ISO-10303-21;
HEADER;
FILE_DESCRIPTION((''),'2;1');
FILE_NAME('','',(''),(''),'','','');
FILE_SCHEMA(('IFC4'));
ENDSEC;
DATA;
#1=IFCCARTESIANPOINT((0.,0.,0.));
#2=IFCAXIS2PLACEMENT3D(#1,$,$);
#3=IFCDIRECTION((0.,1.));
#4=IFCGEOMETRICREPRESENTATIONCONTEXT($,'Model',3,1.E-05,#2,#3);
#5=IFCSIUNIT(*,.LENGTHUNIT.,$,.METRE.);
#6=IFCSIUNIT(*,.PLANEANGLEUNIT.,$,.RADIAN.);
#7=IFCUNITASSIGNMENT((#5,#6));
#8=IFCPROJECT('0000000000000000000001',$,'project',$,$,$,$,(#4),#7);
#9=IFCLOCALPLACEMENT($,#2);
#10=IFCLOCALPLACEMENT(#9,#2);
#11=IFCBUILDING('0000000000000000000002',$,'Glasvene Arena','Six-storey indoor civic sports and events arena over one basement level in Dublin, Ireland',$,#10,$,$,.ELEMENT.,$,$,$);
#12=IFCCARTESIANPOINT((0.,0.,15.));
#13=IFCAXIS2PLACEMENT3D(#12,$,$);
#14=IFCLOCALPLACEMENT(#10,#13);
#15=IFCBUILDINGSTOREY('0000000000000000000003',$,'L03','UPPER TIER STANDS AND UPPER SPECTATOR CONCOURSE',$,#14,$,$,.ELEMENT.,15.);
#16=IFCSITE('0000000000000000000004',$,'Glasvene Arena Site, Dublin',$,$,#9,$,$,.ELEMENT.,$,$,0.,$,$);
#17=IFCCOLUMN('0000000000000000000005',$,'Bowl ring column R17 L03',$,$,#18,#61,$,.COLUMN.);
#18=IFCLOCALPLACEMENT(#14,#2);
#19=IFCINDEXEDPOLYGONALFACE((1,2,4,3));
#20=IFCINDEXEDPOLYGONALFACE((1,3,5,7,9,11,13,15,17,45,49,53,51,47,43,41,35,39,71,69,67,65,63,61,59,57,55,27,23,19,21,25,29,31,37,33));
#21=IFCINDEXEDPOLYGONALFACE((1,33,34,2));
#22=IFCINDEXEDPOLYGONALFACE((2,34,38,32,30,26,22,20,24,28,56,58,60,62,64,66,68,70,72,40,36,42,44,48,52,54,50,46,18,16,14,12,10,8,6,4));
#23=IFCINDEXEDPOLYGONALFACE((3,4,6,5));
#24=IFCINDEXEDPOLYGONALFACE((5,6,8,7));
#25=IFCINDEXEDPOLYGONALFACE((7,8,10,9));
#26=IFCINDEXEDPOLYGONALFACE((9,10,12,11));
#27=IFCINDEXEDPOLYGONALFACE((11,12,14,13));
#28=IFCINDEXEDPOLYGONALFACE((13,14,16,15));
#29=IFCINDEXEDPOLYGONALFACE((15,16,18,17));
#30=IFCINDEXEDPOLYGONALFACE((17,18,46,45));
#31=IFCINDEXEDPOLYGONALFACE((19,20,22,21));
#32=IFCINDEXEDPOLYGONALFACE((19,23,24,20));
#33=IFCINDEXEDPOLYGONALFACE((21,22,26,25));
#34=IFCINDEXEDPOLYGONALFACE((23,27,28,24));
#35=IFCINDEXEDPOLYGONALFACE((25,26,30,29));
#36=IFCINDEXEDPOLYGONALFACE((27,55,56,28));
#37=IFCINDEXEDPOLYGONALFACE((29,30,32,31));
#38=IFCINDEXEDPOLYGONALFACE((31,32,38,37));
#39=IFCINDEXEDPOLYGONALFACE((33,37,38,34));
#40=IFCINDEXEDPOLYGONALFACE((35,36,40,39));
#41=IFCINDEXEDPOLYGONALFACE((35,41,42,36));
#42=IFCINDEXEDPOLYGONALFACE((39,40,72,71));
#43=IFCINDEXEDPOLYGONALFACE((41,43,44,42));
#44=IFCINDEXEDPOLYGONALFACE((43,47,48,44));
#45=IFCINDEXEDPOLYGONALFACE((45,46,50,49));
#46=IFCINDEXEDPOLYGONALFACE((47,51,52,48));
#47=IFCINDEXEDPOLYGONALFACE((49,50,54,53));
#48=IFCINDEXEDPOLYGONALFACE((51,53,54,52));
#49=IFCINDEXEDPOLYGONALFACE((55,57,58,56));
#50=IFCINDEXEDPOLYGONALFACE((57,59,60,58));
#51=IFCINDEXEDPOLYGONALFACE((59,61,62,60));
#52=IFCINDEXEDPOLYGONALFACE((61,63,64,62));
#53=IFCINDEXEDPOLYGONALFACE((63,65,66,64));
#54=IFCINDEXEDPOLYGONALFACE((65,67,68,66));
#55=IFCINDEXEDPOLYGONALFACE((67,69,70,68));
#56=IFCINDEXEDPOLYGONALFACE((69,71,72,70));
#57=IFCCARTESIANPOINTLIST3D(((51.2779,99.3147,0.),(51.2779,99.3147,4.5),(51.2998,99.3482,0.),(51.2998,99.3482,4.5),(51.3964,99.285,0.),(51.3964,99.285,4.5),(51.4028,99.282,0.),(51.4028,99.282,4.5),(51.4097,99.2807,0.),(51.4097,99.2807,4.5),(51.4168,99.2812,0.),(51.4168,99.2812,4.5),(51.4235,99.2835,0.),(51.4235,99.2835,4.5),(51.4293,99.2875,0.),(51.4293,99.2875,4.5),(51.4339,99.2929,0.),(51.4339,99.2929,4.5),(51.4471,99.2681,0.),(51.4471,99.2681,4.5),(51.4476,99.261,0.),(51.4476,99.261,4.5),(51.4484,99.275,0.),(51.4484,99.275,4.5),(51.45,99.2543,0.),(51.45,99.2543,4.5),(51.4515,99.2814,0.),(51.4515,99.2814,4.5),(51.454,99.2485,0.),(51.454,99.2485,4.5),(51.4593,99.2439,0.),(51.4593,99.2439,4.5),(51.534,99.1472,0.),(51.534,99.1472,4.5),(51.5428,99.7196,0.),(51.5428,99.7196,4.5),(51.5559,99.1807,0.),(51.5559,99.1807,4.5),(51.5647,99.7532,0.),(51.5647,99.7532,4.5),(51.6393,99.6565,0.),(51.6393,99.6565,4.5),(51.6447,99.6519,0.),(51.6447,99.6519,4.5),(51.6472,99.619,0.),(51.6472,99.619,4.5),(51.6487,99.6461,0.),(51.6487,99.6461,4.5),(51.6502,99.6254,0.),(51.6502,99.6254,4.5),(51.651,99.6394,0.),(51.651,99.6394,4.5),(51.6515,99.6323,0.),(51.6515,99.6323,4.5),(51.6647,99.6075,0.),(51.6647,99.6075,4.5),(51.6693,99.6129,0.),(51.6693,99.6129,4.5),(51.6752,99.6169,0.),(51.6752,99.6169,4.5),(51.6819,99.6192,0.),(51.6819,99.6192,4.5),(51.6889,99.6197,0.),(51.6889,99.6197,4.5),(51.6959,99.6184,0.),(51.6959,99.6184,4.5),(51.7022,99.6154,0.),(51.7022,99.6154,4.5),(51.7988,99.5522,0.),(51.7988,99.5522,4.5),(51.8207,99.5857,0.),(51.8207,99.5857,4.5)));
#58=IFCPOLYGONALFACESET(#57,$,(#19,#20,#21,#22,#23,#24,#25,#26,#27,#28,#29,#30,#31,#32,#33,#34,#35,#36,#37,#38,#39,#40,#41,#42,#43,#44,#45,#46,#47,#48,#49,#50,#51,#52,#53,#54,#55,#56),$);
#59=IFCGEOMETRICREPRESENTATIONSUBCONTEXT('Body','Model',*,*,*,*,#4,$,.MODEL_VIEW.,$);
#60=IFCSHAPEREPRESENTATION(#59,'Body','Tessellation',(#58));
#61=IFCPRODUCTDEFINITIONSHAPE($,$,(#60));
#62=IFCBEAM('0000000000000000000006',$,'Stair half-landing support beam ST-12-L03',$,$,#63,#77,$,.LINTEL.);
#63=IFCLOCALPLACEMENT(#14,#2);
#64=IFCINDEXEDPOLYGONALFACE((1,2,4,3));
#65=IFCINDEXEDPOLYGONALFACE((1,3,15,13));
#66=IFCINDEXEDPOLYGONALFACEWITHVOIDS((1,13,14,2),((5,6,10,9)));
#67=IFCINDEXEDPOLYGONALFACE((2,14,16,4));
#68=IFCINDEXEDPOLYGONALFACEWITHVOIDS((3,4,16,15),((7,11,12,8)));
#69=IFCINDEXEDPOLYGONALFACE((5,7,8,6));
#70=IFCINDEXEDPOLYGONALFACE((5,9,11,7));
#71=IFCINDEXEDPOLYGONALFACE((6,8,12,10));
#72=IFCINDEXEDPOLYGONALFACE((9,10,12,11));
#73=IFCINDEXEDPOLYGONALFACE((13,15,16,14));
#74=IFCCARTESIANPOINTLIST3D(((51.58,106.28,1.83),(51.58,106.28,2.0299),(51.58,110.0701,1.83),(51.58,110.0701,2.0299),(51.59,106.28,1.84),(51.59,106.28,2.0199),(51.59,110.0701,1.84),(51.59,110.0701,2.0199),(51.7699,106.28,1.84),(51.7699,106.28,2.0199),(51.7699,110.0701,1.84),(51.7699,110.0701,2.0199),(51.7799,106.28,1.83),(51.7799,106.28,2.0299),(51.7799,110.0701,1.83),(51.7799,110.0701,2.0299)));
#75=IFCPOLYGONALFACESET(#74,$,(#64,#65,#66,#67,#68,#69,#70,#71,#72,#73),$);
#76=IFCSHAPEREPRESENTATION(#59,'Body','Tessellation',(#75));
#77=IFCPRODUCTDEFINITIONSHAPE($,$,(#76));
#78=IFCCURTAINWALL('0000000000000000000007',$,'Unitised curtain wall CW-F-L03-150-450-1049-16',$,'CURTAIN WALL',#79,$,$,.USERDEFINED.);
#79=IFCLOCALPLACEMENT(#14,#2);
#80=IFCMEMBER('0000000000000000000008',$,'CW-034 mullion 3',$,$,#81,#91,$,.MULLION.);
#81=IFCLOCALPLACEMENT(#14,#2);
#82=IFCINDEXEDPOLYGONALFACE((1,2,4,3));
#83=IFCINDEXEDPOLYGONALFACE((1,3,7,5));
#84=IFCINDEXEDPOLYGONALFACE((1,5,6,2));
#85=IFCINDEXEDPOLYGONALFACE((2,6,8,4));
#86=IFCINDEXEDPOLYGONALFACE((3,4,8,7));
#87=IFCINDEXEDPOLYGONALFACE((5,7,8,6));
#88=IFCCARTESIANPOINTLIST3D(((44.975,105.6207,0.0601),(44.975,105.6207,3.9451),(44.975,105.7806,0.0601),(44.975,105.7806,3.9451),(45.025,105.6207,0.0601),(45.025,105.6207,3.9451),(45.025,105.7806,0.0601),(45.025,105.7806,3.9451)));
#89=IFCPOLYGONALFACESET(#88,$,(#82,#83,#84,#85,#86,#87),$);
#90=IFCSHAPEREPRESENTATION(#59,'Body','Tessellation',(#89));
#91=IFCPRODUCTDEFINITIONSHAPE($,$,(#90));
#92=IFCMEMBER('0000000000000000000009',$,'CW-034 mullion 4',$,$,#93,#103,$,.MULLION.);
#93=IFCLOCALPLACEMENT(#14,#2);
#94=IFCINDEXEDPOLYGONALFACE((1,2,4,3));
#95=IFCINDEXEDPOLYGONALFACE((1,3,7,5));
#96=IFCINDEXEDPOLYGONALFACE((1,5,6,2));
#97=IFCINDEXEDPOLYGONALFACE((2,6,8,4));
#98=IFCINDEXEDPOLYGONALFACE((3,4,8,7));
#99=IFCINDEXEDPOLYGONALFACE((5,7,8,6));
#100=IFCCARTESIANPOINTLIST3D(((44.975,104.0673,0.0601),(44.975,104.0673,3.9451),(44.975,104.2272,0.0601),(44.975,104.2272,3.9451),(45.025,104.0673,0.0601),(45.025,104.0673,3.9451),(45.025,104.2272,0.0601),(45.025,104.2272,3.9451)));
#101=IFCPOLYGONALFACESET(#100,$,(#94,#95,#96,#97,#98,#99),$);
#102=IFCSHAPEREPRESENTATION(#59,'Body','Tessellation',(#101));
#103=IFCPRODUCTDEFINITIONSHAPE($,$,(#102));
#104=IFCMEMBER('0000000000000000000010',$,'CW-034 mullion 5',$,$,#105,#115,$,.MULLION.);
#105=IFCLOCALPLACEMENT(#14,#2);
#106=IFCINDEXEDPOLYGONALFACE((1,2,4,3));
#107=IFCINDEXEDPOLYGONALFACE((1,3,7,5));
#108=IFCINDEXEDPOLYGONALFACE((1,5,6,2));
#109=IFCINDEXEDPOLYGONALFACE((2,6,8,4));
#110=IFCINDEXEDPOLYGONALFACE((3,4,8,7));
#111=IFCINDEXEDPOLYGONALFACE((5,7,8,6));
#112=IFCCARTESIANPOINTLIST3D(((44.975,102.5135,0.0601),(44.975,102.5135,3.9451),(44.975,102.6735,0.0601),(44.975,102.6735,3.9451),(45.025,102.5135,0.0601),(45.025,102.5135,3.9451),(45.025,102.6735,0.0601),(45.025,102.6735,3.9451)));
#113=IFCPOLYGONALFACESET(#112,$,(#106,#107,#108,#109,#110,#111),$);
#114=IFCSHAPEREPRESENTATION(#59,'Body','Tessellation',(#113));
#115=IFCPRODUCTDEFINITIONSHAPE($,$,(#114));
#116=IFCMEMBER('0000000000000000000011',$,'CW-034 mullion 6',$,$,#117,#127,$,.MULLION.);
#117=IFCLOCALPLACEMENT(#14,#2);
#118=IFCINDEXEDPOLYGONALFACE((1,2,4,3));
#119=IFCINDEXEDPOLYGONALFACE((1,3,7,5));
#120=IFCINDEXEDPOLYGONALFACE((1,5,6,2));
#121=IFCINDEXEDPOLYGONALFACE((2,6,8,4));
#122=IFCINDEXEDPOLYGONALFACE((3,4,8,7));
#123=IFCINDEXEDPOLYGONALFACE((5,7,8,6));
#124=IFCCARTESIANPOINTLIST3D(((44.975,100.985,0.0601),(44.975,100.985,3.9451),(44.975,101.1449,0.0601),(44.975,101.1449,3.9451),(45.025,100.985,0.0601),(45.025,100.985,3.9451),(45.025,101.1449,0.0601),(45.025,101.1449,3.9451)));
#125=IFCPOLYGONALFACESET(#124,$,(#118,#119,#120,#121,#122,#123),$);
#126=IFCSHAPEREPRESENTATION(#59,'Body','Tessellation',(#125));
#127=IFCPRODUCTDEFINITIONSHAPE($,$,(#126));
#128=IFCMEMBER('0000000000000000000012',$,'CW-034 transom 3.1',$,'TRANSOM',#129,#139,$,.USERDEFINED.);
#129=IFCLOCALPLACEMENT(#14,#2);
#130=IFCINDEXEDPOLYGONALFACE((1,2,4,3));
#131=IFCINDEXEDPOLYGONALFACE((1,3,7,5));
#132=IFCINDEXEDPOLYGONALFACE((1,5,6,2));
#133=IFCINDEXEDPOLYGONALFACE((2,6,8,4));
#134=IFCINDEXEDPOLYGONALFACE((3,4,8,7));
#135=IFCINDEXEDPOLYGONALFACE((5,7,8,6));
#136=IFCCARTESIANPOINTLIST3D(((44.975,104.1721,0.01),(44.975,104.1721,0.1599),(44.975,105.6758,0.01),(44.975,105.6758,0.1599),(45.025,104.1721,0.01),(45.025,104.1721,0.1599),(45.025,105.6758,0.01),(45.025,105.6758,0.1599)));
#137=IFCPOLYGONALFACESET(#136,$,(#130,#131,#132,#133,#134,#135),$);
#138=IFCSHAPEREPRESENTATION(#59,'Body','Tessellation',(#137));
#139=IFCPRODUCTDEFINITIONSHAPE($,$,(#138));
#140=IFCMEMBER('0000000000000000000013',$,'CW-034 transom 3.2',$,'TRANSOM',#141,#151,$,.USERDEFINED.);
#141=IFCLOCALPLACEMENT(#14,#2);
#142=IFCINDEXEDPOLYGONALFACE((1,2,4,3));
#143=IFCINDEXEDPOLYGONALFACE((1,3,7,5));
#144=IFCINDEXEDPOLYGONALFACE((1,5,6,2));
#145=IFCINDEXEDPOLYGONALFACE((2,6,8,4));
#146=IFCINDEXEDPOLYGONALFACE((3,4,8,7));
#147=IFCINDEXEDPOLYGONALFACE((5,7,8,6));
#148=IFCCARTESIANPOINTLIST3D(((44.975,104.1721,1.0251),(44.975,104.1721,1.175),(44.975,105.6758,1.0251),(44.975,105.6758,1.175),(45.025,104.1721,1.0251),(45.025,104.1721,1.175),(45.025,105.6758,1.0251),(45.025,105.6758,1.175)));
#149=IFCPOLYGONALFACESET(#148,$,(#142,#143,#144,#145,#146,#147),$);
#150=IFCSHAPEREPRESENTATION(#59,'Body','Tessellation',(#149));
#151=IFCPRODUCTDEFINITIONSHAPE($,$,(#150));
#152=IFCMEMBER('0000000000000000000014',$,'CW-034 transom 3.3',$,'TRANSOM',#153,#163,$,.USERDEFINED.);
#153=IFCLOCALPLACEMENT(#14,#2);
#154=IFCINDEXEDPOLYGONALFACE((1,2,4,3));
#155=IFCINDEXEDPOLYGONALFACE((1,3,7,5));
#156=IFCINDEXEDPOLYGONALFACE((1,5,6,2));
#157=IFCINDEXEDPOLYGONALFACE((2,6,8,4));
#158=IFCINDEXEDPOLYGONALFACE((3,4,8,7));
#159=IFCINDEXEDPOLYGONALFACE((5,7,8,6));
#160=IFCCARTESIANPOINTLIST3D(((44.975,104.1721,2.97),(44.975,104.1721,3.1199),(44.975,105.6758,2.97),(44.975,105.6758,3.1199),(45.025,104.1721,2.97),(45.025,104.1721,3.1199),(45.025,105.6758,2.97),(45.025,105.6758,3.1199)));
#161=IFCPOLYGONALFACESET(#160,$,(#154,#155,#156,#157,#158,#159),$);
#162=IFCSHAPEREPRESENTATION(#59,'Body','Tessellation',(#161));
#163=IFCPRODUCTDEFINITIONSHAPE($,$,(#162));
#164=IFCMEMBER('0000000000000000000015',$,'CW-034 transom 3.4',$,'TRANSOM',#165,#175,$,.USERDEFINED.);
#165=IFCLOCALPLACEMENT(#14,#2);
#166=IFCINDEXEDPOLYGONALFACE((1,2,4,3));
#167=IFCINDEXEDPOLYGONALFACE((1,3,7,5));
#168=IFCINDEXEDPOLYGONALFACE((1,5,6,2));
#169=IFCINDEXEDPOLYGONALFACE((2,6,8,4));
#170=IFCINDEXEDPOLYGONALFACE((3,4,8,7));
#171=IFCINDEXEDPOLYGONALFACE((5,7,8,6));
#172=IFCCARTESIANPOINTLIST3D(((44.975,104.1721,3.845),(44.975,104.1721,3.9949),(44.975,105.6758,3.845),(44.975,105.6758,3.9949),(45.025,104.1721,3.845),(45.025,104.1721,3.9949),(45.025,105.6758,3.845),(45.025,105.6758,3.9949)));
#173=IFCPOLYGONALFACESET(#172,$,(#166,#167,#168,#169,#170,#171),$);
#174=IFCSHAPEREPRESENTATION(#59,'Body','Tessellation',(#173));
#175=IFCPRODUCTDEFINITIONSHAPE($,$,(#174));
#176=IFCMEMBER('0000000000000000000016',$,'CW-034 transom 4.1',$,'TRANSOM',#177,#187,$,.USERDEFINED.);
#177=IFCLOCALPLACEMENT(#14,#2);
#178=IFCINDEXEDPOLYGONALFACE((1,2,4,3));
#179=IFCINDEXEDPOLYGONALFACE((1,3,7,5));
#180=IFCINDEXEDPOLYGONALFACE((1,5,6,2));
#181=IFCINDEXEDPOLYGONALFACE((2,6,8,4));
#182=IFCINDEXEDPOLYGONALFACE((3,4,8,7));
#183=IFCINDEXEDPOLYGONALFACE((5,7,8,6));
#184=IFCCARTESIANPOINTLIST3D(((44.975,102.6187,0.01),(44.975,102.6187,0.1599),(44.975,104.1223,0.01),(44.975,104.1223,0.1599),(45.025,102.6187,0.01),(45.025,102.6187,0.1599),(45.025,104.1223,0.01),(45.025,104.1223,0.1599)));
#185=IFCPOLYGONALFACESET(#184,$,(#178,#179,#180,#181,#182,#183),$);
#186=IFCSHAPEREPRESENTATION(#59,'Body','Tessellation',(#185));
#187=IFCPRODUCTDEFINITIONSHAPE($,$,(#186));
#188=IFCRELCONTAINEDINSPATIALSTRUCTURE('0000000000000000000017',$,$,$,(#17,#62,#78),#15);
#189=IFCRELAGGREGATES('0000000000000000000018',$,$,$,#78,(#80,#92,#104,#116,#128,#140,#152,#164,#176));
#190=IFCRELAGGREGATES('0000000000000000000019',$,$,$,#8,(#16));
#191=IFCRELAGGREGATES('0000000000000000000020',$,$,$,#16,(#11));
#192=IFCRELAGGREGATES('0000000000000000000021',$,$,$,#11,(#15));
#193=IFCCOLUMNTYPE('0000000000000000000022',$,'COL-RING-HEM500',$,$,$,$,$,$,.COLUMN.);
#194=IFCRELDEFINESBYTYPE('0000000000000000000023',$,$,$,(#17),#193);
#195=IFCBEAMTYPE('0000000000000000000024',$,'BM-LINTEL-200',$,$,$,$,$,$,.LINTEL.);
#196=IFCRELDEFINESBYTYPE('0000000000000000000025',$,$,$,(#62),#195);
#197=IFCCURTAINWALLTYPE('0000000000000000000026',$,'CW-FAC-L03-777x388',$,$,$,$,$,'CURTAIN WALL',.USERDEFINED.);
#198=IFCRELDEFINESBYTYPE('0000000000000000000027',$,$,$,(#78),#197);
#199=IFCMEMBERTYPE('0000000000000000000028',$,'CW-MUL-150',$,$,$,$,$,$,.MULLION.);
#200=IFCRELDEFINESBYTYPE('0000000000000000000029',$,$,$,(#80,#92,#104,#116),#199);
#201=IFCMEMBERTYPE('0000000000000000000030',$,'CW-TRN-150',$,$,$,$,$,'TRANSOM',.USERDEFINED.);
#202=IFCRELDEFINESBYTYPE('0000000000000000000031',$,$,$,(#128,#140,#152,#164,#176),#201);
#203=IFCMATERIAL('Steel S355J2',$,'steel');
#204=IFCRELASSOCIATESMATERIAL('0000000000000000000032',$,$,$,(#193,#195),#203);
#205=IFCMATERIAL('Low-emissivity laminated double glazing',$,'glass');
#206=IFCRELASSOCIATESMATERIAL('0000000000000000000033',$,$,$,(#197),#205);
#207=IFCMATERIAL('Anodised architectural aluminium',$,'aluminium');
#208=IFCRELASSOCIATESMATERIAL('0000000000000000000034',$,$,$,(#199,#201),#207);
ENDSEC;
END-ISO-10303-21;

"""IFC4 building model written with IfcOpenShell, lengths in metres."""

from ifc_helpers import new_model, si_unit, direction, frame, origin, origin_2d, place, context, subcontext, project, spatial, rectangle, hollow_rectangle, i_section, extrude, material, material_profile, profile_set, type_object, element, aggregate, save


model = new_model("IFC4")

# Units and contexts
model_context = context("Model", 3, precision=1e-05, world=origin(), true_north=direction((0.0, 1.0)))
body_context = subcontext(model_context, "Body", "Model", "MODEL_VIEW")
ifc_project = project(units=[si_unit("LENGTHUNIT", "METRE"), si_unit("PLANEANGLEUNIT", "RADIAN")], contexts=[model_context])

# Site, building, storey
site_placement = place(None, origin())
site = spatial("IfcSite", under=ifc_project, at=site_placement, Name="Glasvene Arena Site, Dublin", CompositionType="ELEMENT", RefElevation=0.0)
building_placement = place(site_placement, origin())
building = spatial("IfcBuilding", under=site, at=building_placement, Name="Glasvene Arena", Description="Six-storey indoor civic sports and events arena over one basement level in Dublin, Ireland", CompositionType="ELEMENT")
storey_placement = place(building_placement, frame((0.0, 0.0, 15.0)))
storey = spatial("IfcBuildingStorey", under=building, at=storey_placement, Name="L03", Description="UPPER TIER STANDS AND UPPER SPECTATOR CONCOURSE", CompositionType="ELEMENT", Elevation=15.0)

# Column
ifc_material_1 = material(Name="Steel S355J2", Category="steel")
ifc_material_profile_1 = material_profile(ifc_material_1, i_section(OverallWidth=0.3059, OverallDepth=0.5239, WebThickness=0.021, FlangeThickness=0.04, FilletRadius=0.0271, at=origin_2d()), Name="HEM 500")
ifc_profile_set_1 = profile_set([ifc_material_profile_1], Name="Steel S355J2")
column_type = type_object("IfcColumnType", Name="COL-RING-HEM500", PredefinedType="COLUMN", material=ifc_profile_set_1)
column_placement = place(storey_placement, frame((51.5493, 99.4502, 0.0), z_axis=(0.0, 0.0, 1.0), x_axis=(-0.836955, 0.547271, 0.0)))
element("IfcColumn", 1, at=column_placement, inside=storey, type_object=column_type, Name="Bowl ring column R17 L03", PredefinedType="COLUMN", context=body_context, shape_type="SweptSolid", body=[
    extrude(i_section(OverallWidth=0.3059, OverallDepth=0.5239, WebThickness=0.021, FlangeThickness=0.04, FilletRadius=0.0271, at=origin_2d()), origin(), (0.0, 0.0, 1.0), 4.5),
])

# Beam
ifc_material_profile_2 = material_profile(ifc_material_1, hollow_rectangle(XDim=0.2, YDim=0.2, WallThickness=0.01, at=origin_2d()), Name="SHS 200x200x10.0")
ifc_profile_set_2 = profile_set([ifc_material_profile_2], Name="Steel S355J2")
beam_type = type_object("IfcBeamType", Name="BM-LINTEL-200", PredefinedType="LINTEL", material=ifc_profile_set_2)
beam_placement = place(storey_placement, frame((51.6799, 106.28, 1.9299), z_axis=(0.0, 1.0, 0.0), x_axis=(-1.0, 0.0, 0.0)))
element("IfcBeam", 2, at=beam_placement, inside=storey, type_object=beam_type, Name="Stair half-landing support beam ST-12-L03", PredefinedType="LINTEL", context=body_context, shape_type="SweptSolid", body=[
    extrude(hollow_rectangle(XDim=0.2, YDim=0.2, WallThickness=0.01, at=origin_2d()), origin(), (0.0, 0.0, 1.0), 3.79),
])

# Curtain wall, members
ifc_material_2 = material(Name="Low-emissivity laminated double glazing", Category="glass")
curtain_wall_type = type_object("IfcCurtainWallType", Name="CW-FAC-L03-777x388", ElementType="CURTAIN WALL", PredefinedType="USERDEFINED", material=ifc_material_2)
curtain_wall_placement = place(storey_placement, frame((45.0, 108.8081, 0.0)))
curtain_wall = element("IfcCurtainWall", 3, at=curtain_wall_placement, inside=storey, type_object=curtain_wall_type, Name="Unitised curtain wall CW-F-L03-150-450-1049-16", ObjectType="CURTAIN WALL", PredefinedType="USERDEFINED")
ifc_material_3 = material(Name="Anodised architectural aluminium", Category="aluminium")
ifc_material_profile_3 = material_profile(ifc_material_3, rectangle(XDim=0.05, YDim=0.1599, at=origin_2d()), Name="ALU MULLION 50x160")
ifc_profile_set_3 = profile_set([ifc_material_profile_3], Name="Anodised architectural aluminium")
member_type_1 = type_object("IfcMemberType", Name="CW-MUL-150", PredefinedType="MULLION", material=ifc_profile_set_3)
member_1_placement = place(storey_placement, frame((45.0, 105.7007, 0.0601), z_axis=(0.0, 0.0, 1.0), x_axis=(1.0, 0.0, 0.0)))
member_1 = element("IfcMember", 4, at=member_1_placement, type_object=member_type_1, Name="CW-034 mullion 3", PredefinedType="MULLION", context=body_context, shape_type="SweptSolid", body=[
    extrude(rectangle(XDim=0.05, YDim=0.1599, at=origin_2d()), origin(), (0.0, 0.0, 1.0), 3.885),
])
member_2_placement = place(storey_placement, frame((45.0, 104.1472, 0.0601), z_axis=(0.0, 0.0, 1.0), x_axis=(1.0, 0.0, 0.0)))
member_2 = element("IfcMember", 5, at=member_2_placement, type_object=member_type_1, Name="CW-034 mullion 4", PredefinedType="MULLION", context=body_context, shape_type="SweptSolid", body=[
    extrude(rectangle(XDim=0.05, YDim=0.1599, at=origin_2d()), origin(), (0.0, 0.0, 1.0), 3.885),
])
member_3_placement = place(storey_placement, frame((45.0, 102.5935, 0.0601), z_axis=(0.0, 0.0, 1.0), x_axis=(1.0, 0.0, 0.0)))
member_3 = element("IfcMember", 6, at=member_3_placement, type_object=member_type_1, Name="CW-034 mullion 5", PredefinedType="MULLION", context=body_context, shape_type="SweptSolid", body=[
    extrude(rectangle(XDim=0.05, YDim=0.1599, at=origin_2d()), origin(), (0.0, 0.0, 1.0), 3.885),
])
member_4_placement = place(storey_placement, frame((45.0, 101.0649, 0.0601), z_axis=(0.0, 0.0, 1.0), x_axis=(1.0, 0.0, 0.0)))
member_4 = element("IfcMember", 7, at=member_4_placement, type_object=member_type_1, Name="CW-034 mullion 6", PredefinedType="MULLION", context=body_context, shape_type="SweptSolid", body=[
    extrude(rectangle(XDim=0.05, YDim=0.1599, at=origin_2d()), origin(), (0.0, 0.0, 1.0), 3.885),
])
ifc_material_profile_4 = material_profile(ifc_material_3, rectangle(XDim=0.05, YDim=0.1499, at=origin_2d()), Name="ALU TRANSOM 50x150")
ifc_profile_set_4 = profile_set([ifc_material_profile_4], Name="Anodised architectural aluminium")
member_type_2 = type_object("IfcMemberType", Name="CW-TRN-150", ElementType="TRANSOM", PredefinedType="USERDEFINED", material=ifc_profile_set_4)
member_5_placement = place(storey_placement, frame((45.0, 105.6758, 0.085), z_axis=(0.0, -1.0, 0.0), x_axis=(1.0, 0.0, 0.0)))
member_5 = element("IfcMember", 8, at=member_5_placement, type_object=member_type_2, Name="CW-034 transom 3.1", ObjectType="TRANSOM", PredefinedType="USERDEFINED", context=body_context, shape_type="SweptSolid", body=[
    extrude(rectangle(XDim=0.05, YDim=0.1499, at=origin_2d()), origin(), (0.0, 0.0, 1.0), 1.5037),
])
member_6_placement = place(storey_placement, frame((45.0, 105.6758, 1.1001), z_axis=(0.0, -1.0, 0.0), x_axis=(1.0, 0.0, 0.0)))
member_6 = element("IfcMember", 9, at=member_6_placement, type_object=member_type_2, Name="CW-034 transom 3.2", ObjectType="TRANSOM", PredefinedType="USERDEFINED", context=body_context, shape_type="SweptSolid", body=[
    extrude(rectangle(XDim=0.05, YDim=0.1499, at=origin_2d()), origin(), (0.0, 0.0, 1.0), 1.5037),
])
member_7_placement = place(storey_placement, frame((45.0, 105.6758, 3.0449), z_axis=(0.0, -1.0, 0.0), x_axis=(1.0, 0.0, 0.0)))
member_7 = element("IfcMember", 10, at=member_7_placement, type_object=member_type_2, Name="CW-034 transom 3.3", ObjectType="TRANSOM", PredefinedType="USERDEFINED", context=body_context, shape_type="SweptSolid", body=[
    extrude(rectangle(XDim=0.05, YDim=0.1499, at=origin_2d()), origin(), (0.0, 0.0, 1.0), 1.5037),
])
member_8_placement = place(storey_placement, frame((45.0, 105.6758, 3.9199), z_axis=(0.0, -1.0, 0.0), x_axis=(1.0, 0.0, 0.0)))
member_8 = element("IfcMember", 11, at=member_8_placement, type_object=member_type_2, Name="CW-034 transom 3.4", ObjectType="TRANSOM", PredefinedType="USERDEFINED", context=body_context, shape_type="SweptSolid", body=[
    extrude(rectangle(XDim=0.05, YDim=0.1499, at=origin_2d()), origin(), (0.0, 0.0, 1.0), 1.5037),
])
member_9_placement = place(storey_placement, frame((45.0, 104.1223, 0.085), z_axis=(0.0, -1.0, 0.0), x_axis=(1.0, 0.0, 0.0)))
member_9 = element("IfcMember", 12, at=member_9_placement, type_object=member_type_2, Name="CW-034 transom 4.1", ObjectType="TRANSOM", PredefinedType="USERDEFINED", context=body_context, shape_type="SweptSolid", body=[
    extrude(rectangle(XDim=0.05, YDim=0.1499, at=origin_2d()), origin(), (0.0, 0.0, 1.0), 1.5037),
])
aggregate(curtain_wall, [member_1, member_2, member_3, member_4, member_5, member_6, member_7, member_8, member_9])

save(model, "model.ifc")
